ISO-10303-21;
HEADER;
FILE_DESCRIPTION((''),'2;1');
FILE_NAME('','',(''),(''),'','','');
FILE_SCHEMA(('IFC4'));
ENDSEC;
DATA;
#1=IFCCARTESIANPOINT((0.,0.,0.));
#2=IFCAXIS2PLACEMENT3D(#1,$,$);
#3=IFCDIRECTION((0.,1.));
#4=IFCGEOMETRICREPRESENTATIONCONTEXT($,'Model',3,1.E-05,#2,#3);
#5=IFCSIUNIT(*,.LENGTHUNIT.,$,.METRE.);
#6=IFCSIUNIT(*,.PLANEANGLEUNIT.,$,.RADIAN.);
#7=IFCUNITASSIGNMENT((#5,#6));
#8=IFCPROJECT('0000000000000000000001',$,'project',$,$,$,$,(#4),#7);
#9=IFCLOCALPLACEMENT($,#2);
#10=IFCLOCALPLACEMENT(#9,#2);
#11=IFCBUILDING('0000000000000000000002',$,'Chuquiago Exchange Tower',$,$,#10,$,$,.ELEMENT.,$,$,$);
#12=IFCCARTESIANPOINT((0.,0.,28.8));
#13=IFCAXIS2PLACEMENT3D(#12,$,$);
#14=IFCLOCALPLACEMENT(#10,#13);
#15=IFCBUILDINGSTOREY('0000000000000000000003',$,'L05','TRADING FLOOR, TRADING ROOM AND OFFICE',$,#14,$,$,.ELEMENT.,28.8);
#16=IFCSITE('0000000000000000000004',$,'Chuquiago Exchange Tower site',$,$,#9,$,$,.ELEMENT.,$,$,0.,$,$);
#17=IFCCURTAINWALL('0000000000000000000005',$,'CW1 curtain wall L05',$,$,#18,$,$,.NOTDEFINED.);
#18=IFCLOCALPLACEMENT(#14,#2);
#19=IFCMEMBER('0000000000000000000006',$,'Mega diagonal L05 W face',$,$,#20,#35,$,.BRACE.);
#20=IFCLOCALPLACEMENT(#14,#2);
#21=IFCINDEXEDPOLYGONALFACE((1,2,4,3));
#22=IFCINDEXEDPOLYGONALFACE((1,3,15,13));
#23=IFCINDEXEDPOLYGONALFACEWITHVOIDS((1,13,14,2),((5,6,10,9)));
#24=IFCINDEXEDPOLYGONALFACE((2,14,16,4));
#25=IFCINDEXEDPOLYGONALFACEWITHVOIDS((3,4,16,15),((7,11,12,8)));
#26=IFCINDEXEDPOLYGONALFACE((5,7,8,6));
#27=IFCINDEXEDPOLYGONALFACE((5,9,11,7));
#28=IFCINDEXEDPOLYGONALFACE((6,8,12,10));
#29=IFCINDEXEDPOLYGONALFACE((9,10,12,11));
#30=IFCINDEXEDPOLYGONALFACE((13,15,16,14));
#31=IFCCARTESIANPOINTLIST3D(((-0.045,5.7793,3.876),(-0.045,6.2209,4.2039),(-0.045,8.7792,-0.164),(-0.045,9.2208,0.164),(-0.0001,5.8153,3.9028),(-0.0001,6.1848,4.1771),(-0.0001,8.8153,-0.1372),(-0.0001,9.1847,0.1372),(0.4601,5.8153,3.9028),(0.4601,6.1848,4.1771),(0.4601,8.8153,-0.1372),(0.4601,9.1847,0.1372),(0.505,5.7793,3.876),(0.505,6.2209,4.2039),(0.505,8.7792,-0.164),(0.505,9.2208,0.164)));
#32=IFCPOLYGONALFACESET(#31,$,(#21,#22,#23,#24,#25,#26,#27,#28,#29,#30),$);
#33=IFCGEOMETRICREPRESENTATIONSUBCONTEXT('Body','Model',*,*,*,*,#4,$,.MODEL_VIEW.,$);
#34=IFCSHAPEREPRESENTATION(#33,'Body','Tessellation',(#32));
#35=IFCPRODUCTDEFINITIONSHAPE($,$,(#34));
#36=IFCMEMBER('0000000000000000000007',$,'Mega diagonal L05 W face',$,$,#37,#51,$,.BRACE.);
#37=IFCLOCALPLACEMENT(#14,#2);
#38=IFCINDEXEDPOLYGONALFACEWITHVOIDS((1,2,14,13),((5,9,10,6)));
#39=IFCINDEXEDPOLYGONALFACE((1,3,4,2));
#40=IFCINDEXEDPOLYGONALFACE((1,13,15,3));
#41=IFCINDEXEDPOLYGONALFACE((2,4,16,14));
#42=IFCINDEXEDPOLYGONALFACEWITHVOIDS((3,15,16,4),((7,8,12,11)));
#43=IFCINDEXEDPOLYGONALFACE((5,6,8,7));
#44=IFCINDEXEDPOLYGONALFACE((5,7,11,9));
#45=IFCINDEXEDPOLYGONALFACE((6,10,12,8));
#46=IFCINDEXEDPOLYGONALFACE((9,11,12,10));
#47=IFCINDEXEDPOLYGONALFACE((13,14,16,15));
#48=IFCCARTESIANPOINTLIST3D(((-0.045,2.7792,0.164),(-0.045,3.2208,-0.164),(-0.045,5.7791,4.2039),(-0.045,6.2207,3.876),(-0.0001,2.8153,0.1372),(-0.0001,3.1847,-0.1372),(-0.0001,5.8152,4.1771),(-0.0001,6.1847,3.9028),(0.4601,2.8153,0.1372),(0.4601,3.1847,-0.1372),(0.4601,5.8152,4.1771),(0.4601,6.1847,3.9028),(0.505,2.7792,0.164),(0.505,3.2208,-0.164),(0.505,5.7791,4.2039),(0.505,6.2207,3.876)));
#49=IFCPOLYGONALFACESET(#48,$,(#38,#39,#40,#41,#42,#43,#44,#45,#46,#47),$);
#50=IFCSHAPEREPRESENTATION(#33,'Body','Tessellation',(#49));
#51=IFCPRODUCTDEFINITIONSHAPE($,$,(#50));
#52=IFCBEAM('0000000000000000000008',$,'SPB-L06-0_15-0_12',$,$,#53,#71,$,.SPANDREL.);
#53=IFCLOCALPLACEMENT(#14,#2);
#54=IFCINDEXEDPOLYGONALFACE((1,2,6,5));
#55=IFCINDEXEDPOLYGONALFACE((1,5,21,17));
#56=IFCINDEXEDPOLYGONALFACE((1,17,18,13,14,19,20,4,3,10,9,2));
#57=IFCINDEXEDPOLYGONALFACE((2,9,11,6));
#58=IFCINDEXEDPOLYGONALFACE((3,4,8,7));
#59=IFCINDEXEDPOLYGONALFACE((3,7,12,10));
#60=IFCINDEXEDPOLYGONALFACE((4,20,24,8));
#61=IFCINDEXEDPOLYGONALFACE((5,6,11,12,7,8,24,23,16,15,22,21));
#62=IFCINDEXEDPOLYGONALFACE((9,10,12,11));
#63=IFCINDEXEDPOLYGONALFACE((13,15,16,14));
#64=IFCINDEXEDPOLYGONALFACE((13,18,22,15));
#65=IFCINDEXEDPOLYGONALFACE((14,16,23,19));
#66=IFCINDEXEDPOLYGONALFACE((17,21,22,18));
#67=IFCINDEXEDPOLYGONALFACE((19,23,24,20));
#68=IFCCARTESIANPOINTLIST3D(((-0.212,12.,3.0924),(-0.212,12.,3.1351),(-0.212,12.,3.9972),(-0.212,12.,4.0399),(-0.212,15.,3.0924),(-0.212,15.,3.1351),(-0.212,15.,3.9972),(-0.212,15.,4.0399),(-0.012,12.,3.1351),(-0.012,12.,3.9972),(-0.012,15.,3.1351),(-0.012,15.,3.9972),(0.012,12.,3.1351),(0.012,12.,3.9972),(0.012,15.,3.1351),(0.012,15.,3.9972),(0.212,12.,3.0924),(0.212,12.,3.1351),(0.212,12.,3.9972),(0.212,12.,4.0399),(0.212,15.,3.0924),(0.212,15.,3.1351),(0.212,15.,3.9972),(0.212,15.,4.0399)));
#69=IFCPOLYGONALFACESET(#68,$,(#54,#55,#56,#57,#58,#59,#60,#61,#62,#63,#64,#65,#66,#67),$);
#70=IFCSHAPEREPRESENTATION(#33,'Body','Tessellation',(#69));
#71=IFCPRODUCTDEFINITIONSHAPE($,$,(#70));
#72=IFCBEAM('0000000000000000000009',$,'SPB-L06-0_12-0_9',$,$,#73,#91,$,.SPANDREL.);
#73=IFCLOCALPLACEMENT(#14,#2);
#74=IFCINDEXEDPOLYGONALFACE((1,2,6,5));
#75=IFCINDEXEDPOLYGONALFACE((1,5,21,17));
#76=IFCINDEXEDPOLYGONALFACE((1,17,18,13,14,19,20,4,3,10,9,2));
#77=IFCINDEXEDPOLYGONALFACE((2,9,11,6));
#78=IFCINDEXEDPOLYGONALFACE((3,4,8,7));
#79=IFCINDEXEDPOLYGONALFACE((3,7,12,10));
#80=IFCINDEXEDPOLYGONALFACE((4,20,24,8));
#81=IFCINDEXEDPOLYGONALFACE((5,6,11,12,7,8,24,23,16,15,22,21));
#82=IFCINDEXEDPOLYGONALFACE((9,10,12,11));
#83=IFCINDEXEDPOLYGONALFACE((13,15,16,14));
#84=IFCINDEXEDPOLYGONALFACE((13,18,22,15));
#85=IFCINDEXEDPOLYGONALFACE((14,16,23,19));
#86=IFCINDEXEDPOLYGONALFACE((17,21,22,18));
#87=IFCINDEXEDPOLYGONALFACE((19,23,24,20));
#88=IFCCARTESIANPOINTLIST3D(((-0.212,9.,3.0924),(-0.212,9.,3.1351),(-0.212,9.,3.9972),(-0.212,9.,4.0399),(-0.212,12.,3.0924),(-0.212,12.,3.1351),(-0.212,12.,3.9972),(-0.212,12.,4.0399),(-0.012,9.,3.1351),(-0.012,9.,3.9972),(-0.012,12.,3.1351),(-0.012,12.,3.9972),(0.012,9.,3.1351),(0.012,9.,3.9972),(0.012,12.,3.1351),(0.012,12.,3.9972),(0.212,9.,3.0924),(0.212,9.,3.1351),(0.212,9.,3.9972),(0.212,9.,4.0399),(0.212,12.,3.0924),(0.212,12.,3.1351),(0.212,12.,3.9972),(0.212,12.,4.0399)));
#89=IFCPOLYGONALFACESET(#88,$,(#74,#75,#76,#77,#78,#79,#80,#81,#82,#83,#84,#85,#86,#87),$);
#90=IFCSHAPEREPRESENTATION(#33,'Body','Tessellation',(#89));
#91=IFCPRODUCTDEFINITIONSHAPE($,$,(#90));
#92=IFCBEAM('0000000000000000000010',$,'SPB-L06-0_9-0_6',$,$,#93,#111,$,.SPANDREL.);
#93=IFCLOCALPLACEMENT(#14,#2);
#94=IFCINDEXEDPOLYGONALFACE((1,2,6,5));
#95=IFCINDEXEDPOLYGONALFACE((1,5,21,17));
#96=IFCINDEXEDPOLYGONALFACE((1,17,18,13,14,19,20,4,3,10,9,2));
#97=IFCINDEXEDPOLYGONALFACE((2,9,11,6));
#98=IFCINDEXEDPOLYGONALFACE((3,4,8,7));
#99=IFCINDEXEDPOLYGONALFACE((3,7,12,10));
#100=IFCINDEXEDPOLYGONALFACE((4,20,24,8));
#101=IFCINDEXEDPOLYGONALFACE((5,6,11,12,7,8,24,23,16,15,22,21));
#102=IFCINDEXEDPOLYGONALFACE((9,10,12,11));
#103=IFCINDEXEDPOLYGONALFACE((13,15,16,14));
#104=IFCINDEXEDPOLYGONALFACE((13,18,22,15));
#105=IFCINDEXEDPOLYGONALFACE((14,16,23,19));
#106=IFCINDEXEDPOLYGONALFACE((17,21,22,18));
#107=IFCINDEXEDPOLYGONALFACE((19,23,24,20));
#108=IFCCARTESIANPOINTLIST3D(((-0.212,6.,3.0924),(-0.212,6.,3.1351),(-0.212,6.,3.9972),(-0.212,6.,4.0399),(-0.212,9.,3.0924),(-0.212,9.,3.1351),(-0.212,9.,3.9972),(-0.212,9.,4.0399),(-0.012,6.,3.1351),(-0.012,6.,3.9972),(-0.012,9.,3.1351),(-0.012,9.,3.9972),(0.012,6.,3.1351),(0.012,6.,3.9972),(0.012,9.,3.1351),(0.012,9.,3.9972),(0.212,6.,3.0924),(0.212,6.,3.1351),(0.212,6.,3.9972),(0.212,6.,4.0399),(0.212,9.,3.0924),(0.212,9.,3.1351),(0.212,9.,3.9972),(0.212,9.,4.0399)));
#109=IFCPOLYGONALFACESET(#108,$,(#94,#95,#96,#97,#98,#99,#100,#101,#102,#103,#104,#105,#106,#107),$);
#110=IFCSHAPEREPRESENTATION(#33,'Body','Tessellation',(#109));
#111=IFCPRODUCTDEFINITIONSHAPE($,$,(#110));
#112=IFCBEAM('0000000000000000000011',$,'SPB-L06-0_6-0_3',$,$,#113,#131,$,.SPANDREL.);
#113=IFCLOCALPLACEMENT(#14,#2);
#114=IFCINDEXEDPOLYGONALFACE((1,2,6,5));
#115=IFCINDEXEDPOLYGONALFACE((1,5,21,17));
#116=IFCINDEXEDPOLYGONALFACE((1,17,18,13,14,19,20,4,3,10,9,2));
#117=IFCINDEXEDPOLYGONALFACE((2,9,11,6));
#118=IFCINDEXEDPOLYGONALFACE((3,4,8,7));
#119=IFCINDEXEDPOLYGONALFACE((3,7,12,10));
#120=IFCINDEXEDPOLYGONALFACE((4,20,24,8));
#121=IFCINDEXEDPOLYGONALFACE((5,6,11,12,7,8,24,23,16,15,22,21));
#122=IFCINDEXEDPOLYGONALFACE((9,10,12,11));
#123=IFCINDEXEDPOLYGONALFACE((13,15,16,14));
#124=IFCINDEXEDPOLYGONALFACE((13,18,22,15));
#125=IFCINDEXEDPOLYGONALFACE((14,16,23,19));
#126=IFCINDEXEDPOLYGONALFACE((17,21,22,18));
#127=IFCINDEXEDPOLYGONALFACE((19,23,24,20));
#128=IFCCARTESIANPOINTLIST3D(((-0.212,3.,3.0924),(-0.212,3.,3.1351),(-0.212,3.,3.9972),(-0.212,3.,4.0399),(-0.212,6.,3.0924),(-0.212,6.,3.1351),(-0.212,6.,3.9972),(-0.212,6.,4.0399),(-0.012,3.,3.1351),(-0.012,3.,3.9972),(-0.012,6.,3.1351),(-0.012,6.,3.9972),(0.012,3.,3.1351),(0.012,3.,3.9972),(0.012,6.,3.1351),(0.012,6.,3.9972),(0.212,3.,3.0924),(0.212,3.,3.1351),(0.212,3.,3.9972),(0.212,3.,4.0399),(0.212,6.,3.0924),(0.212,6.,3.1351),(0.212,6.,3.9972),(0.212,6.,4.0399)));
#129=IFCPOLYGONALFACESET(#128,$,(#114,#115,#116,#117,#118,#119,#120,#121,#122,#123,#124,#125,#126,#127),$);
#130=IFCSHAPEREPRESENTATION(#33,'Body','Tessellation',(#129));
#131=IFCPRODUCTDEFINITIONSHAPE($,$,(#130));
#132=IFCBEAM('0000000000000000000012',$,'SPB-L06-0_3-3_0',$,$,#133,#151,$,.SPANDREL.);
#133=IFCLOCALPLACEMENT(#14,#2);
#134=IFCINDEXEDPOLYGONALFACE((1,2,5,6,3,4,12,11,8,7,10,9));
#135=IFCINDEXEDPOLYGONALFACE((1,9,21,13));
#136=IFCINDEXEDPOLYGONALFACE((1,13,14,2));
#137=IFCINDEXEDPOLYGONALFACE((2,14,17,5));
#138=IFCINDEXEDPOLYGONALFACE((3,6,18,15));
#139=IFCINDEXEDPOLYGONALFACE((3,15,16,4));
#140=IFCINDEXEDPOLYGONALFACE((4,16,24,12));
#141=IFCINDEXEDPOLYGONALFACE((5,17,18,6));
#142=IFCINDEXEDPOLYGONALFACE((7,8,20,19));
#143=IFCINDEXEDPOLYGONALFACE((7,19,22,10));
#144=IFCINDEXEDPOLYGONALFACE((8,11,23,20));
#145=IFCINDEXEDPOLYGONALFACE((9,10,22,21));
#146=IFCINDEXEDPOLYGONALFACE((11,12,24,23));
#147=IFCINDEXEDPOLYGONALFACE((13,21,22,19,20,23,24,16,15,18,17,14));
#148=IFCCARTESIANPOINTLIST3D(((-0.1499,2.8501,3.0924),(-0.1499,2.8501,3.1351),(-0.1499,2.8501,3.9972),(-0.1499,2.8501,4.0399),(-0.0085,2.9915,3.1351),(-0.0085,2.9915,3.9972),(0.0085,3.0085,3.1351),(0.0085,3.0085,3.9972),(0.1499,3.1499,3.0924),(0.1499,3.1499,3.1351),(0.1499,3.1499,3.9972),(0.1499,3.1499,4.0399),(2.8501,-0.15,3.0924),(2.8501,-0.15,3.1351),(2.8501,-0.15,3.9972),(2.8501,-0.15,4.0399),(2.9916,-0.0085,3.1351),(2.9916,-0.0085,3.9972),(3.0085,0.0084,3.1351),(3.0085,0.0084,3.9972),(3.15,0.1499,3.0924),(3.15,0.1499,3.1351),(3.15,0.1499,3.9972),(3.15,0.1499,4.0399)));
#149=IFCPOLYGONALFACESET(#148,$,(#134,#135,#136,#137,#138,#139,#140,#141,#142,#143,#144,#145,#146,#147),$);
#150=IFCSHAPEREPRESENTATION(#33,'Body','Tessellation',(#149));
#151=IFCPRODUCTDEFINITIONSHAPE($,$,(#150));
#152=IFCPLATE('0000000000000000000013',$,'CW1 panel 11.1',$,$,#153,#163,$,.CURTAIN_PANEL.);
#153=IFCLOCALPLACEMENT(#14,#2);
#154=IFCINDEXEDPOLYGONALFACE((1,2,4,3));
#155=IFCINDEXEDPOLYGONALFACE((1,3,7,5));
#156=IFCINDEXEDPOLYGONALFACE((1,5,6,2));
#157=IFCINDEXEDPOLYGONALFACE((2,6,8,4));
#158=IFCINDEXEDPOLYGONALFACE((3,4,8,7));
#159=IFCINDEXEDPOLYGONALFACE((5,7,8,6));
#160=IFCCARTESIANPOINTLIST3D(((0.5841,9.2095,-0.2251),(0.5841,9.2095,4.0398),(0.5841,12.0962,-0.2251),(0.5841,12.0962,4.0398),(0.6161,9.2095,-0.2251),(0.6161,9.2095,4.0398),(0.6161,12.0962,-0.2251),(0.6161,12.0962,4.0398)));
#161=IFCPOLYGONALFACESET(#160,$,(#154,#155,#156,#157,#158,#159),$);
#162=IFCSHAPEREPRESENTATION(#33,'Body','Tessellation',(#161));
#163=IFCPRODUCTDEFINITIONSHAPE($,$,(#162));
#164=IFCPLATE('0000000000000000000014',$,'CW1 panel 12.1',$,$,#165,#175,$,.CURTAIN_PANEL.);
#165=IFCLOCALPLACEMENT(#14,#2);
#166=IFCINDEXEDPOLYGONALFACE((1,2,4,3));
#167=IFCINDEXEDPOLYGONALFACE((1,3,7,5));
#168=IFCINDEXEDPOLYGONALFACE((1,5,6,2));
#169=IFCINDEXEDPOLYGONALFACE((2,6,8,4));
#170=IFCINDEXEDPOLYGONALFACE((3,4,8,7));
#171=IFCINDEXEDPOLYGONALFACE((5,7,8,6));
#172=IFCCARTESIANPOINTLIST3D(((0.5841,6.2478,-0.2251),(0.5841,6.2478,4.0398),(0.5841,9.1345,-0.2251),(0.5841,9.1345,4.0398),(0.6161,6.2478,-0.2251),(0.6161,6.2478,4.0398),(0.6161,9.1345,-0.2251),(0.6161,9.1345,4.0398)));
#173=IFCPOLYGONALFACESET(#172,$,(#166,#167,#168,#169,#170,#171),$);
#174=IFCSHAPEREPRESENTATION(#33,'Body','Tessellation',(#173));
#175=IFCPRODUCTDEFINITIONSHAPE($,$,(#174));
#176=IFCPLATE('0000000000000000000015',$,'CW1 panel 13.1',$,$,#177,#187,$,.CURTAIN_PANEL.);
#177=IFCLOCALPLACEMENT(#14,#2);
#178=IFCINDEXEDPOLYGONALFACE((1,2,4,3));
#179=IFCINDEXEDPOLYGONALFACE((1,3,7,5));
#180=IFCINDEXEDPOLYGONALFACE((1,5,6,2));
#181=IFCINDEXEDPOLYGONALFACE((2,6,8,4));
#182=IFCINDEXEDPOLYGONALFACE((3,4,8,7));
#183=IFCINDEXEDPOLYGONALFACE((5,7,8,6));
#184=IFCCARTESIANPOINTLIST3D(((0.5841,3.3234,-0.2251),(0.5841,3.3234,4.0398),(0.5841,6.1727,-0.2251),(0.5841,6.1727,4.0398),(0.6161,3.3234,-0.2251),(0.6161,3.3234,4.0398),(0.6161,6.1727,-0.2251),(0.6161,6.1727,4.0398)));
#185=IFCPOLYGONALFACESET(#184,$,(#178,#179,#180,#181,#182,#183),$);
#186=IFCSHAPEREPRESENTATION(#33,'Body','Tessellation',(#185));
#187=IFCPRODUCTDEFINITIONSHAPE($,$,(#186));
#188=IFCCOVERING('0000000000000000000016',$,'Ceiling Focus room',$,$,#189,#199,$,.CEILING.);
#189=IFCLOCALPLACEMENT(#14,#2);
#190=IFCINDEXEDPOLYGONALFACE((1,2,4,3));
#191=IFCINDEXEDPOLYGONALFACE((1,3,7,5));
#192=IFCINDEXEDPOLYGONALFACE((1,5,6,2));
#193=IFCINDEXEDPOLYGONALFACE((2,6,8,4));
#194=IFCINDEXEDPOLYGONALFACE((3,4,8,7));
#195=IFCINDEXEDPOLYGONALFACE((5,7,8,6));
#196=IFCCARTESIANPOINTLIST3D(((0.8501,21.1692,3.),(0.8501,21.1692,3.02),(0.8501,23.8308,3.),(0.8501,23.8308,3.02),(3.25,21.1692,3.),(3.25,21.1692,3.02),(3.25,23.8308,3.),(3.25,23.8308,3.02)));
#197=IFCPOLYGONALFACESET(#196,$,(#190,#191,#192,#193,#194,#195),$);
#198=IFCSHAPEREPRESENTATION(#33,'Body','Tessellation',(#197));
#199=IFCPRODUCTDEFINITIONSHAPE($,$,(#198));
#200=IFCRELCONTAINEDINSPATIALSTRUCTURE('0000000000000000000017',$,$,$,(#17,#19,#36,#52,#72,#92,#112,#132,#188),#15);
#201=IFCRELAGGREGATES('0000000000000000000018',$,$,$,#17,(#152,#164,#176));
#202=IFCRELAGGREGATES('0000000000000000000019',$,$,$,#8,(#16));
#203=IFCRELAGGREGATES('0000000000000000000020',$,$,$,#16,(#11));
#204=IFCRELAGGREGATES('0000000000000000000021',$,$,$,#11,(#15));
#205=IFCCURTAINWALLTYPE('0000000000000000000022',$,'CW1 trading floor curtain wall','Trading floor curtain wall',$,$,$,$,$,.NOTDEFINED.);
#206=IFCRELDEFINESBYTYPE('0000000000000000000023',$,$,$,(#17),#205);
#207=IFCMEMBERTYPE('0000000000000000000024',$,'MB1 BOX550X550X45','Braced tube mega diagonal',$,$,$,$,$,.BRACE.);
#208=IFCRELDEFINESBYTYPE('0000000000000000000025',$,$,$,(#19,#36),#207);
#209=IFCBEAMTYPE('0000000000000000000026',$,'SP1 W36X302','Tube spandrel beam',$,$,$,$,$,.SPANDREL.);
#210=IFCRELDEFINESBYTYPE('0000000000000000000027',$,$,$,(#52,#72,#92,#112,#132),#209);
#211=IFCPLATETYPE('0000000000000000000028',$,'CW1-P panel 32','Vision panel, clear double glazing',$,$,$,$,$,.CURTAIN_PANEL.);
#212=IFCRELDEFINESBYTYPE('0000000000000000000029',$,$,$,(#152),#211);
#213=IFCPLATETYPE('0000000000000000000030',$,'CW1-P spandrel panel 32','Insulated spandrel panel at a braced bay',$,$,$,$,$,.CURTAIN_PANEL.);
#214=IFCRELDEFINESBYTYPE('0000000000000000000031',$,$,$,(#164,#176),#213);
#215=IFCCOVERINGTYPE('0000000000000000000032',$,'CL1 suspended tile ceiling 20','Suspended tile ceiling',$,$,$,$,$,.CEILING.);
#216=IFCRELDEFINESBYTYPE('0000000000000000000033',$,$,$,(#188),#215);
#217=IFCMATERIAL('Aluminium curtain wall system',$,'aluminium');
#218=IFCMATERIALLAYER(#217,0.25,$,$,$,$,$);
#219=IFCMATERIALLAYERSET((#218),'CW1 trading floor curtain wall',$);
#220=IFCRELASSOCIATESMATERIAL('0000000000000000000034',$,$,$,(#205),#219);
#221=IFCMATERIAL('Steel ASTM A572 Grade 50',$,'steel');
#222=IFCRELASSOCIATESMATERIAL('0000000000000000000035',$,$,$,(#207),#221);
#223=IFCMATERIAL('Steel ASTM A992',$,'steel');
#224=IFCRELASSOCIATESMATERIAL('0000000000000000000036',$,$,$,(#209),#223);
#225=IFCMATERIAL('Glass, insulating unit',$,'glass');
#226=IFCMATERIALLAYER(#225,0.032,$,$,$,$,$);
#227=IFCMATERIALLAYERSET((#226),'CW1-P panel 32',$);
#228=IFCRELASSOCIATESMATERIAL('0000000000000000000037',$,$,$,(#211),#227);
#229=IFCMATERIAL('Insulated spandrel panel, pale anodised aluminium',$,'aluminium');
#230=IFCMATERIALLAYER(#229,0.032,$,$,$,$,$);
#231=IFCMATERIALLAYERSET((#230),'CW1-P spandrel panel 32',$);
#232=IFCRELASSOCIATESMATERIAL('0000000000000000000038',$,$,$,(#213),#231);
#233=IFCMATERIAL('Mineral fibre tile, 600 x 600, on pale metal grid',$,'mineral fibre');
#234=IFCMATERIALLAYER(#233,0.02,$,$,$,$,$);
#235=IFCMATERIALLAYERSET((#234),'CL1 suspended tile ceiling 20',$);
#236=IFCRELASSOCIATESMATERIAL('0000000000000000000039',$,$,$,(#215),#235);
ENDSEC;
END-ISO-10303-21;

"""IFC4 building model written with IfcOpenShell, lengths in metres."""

from ifc_helpers import new_model, si_unit, direction, frame, origin, origin_2d, place, context, subcontext, project, spatial, polyline, rectangle, hollow_rectangle, i_section, outline, extrude, material, layer, layer_set, material_profile, profile_set, type_object, element, aggregate, save


model = new_model("IFC4")

# Units and contexts
model_context = context("Model", 3, precision=1e-05, world=origin(), true_north=direction((0.0, 1.0)))
body_context = subcontext(model_context, "Body", "Model", "MODEL_VIEW")
ifc_project = project(units=[si_unit("LENGTHUNIT", "METRE"), si_unit("PLANEANGLEUNIT", "RADIAN")], contexts=[model_context])

# Site, building, storey
site_placement = place(None, origin())
site = spatial("IfcSite", under=ifc_project, at=site_placement, Name="Chuquiago Exchange Tower site", CompositionType="ELEMENT", RefElevation=0.0)
building_placement = place(site_placement, origin())
building = spatial("IfcBuilding", under=site, at=building_placement, Name="Chuquiago Exchange Tower", CompositionType="ELEMENT")
storey_placement = place(building_placement, frame((0.0, 0.0, 28.8)))
storey = spatial("IfcBuildingStorey", under=building, at=storey_placement, Name="L05", Description="TRADING FLOOR, TRADING ROOM AND OFFICE", CompositionType="ELEMENT", Elevation=28.8)

# Curtain wall
ifc_material_1 = material(Name="Aluminium curtain wall system", Category="aluminium")
ifc_layer_1 = layer(ifc_material_1, 0.25)
ifc_layer_set_1 = layer_set([ifc_layer_1], Name="CW1 trading floor curtain wall")
curtain_wall_type = type_object("IfcCurtainWallType", Name="CW1 trading floor curtain wall", Description="Trading floor curtain wall", PredefinedType="NOTDEFINED", material=ifc_layer_set_1)
curtain_wall_placement = place(storey_placement, origin())
curtain_wall = element("IfcCurtainWall", 1, at=curtain_wall_placement, inside=storey, type_object=curtain_wall_type, Name="CW1 curtain wall L05", PredefinedType="NOTDEFINED")

# Members
ifc_material_2 = material(Name="Steel ASTM A572 Grade 50", Category="steel")
ifc_material_profile_1 = material_profile(ifc_material_2, hollow_rectangle(XDim=0.55, YDim=0.55, WallThickness=0.0449, at=origin_2d()), Name="BOX550X550X45")
ifc_profile_set_1 = profile_set([ifc_material_profile_1], Name="Steel ASTM A572 Grade 50")
member_type_1 = type_object("IfcMemberType", Name="MB1 BOX550X550X45", Description="Braced tube mega diagonal", PredefinedType="BRACE", material=ifc_profile_set_1)
for number, where, z_axis, x_axis, name in (
    (2, (0.23, 9.0, 0.0), (0.0, -0.596174, 0.802855), (1.0, 0.0, 0.0), "Mega diagonal L05 W face"),
    (3, (0.23, 3.0, 0.0), (0.0, 0.596174, 0.802855), (-1.0, 0.0, 0.0), "Mega diagonal L05 W face"),
):
    element("IfcMember", number, at=place(storey_placement, frame(where, z_axis=z_axis, x_axis=x_axis)), inside=storey, type_object=member_type_1, Name=name, PredefinedType="BRACE", context=body_context, shape_type="SweptSolid", body=[
        extrude(hollow_rectangle(XDim=0.55, YDim=0.55, WallThickness=0.0449, at=origin_2d()), origin(), (0.0, 0.0, 1.0), 5.032),
    ])

# Beams
ifc_material_3 = material(Name="Steel ASTM A992", Category="steel")
ifc_material_profile_2 = material_profile(ifc_material_3, i_section(OverallWidth=0.4241, OverallDepth=0.9475, WebThickness=0.0239, FlangeThickness=0.0427, at=origin_2d()), Name="W36X302")
ifc_profile_set_2 = profile_set([ifc_material_profile_2], Name="Steel ASTM A992")
beam_type = type_object("IfcBeamType", Name="SP1 W36X302", Description="Tube spandrel beam", PredefinedType="SPANDREL", material=ifc_profile_set_2)
for number, where, z_axis, x_axis, name in (
    (4, (0.0, 15.0, 3.5662), (0.0, -1.0, 0.0), (1.0, 0.0, 0.0), "SPB-L06-0_15-0_12"),
    (5, (0.0, 12.0, 3.5662), (0.0, -1.0, 0.0), (1.0, 0.0, 0.0), "SPB-L06-0_12-0_9"),
    (6, (0.0, 9.0, 3.5662), (0.0, -1.0, 0.0), (1.0, 0.0, 0.0), "SPB-L06-0_9-0_6"),
    (7, (0.0, 6.0, 3.5662), (0.0, -1.0, 0.0), (1.0, 0.0, 0.0), "SPB-L06-0_6-0_3"),
):
    element("IfcBeam", number, at=place(storey_placement, frame(where, z_axis=z_axis, x_axis=x_axis)), inside=storey, type_object=beam_type, Name=name, PredefinedType="SPANDREL", context=body_context, shape_type="SweptSolid", body=[
        extrude(i_section(OverallWidth=0.4241, OverallDepth=0.9475, WebThickness=0.0239, FlangeThickness=0.0427, at=origin_2d()), origin(), (0.0, 0.0, 1.0), 3.0),
    ])
beam_placement = place(storey_placement, frame((0.0, 3.0, 3.5662), z_axis=(0.707107, -0.707107, 0.0), x_axis=(0.707107, 0.707107, 0.0)))
element("IfcBeam", 8, at=beam_placement, inside=storey, type_object=beam_type, Name="SPB-L06-0_3-3_0", PredefinedType="SPANDREL", context=body_context, shape_type="SweptSolid", body=[
    extrude(i_section(OverallWidth=0.4241, OverallDepth=0.9475, WebThickness=0.0239, FlangeThickness=0.0427, at=origin_2d()), origin(), (0.0, 0.0, 1.0), 4.2427),
])

# Plates
ifc_material_4 = material(Name="Glass, insulating unit", Category="glass")
ifc_layer_2 = layer(ifc_material_4, 0.032)
ifc_layer_set_2 = layer_set([ifc_layer_2], Name="CW1-P panel 32")
plate_type_1 = type_object("IfcPlateType", Name="CW1-P panel 32", Description="Vision panel, clear double glazing", PredefinedType="CURTAIN_PANEL", material=ifc_layer_set_2)
plate_1_placement = place(storey_placement, frame((0.6001, 10.6528, -0.2251), z_axis=(0.0, 0.0, 1.0), x_axis=(0.0, -1.0, 0.0)))
plate_1 = element("IfcPlate", 9, at=plate_1_placement, type_object=plate_type_1, Name="CW1 panel 11.1", PredefinedType="CURTAIN_PANEL", context=body_context, shape_type="SweptSolid", body=[
    extrude(rectangle(XDim=2.8867, YDim=0.032, at=origin_2d()), origin(), (0.0, 0.0, 1.0), 4.2649),
])
ifc_material_5 = material(Name="Insulated spandrel panel, pale anodised aluminium", Category="aluminium")
ifc_layer_3 = layer(ifc_material_5, 0.032)
ifc_layer_set_3 = layer_set([ifc_layer_3], Name="CW1-P spandrel panel 32")
plate_type_2 = type_object("IfcPlateType", Name="CW1-P spandrel panel 32", Description="Insulated spandrel panel at a braced bay", PredefinedType="CURTAIN_PANEL", material=ifc_layer_set_3)
plate_2_placement = place(storey_placement, frame((0.6001, 7.6912, -0.2251), z_axis=(0.0, 0.0, 1.0), x_axis=(0.0, -1.0, 0.0)))
plate_2 = element("IfcPlate", 10, at=plate_2_placement, type_object=plate_type_2, Name="CW1 panel 12.1", PredefinedType="CURTAIN_PANEL", context=body_context, shape_type="SweptSolid", body=[
    extrude(rectangle(XDim=2.8867, YDim=0.032, at=origin_2d()), origin(), (0.0, 0.0, 1.0), 4.2649),
])
plate_3_placement = place(storey_placement, frame((0.6001, 4.748, -0.2251), z_axis=(0.0, 0.0, 1.0), x_axis=(0.0, -1.0, 0.0)))
plate_3 = element("IfcPlate", 11, at=plate_3_placement, type_object=plate_type_2, Name="CW1 panel 13.1", PredefinedType="CURTAIN_PANEL", context=body_context, shape_type="SweptSolid", body=[
    extrude(rectangle(XDim=2.8494, YDim=0.032, at=origin_2d()), origin(), (0.0, 0.0, 1.0), 4.2649),
])
aggregate(curtain_wall, [plate_1, plate_2, plate_3])

# Covering
ifc_material_6 = material(Name="Mineral fibre tile, 600 x 600, on pale metal grid", Category="mineral fibre")
ifc_layer_4 = layer(ifc_material_6, 0.02)
ifc_layer_set_4 = layer_set([ifc_layer_4], Name="CL1 suspended tile ceiling 20")
covering_type_1 = type_object("IfcCoveringType", Name="CL1 suspended tile ceiling 20", Description="Suspended tile ceiling", PredefinedType="CEILING", material=ifc_layer_set_4)
covering_1_placement = place(storey_placement, frame((0.0, 0.0, 3.0)))
element("IfcCovering", 12, at=covering_1_placement, inside=storey, type_object=covering_type_1, Name="Ceiling Focus room", PredefinedType="CEILING", context=body_context, shape_type="SweptSolid", body=[
    extrude(outline(polyline([(3.25, 23.8308), (3.25, 21.1692), (0.8501, 21.1692), (0.8501, 23.8308), (3.25, 23.8308)])), origin(), (0.0, 0.0, 1.0), 0.02),
])

save(model, "model.ifc")
